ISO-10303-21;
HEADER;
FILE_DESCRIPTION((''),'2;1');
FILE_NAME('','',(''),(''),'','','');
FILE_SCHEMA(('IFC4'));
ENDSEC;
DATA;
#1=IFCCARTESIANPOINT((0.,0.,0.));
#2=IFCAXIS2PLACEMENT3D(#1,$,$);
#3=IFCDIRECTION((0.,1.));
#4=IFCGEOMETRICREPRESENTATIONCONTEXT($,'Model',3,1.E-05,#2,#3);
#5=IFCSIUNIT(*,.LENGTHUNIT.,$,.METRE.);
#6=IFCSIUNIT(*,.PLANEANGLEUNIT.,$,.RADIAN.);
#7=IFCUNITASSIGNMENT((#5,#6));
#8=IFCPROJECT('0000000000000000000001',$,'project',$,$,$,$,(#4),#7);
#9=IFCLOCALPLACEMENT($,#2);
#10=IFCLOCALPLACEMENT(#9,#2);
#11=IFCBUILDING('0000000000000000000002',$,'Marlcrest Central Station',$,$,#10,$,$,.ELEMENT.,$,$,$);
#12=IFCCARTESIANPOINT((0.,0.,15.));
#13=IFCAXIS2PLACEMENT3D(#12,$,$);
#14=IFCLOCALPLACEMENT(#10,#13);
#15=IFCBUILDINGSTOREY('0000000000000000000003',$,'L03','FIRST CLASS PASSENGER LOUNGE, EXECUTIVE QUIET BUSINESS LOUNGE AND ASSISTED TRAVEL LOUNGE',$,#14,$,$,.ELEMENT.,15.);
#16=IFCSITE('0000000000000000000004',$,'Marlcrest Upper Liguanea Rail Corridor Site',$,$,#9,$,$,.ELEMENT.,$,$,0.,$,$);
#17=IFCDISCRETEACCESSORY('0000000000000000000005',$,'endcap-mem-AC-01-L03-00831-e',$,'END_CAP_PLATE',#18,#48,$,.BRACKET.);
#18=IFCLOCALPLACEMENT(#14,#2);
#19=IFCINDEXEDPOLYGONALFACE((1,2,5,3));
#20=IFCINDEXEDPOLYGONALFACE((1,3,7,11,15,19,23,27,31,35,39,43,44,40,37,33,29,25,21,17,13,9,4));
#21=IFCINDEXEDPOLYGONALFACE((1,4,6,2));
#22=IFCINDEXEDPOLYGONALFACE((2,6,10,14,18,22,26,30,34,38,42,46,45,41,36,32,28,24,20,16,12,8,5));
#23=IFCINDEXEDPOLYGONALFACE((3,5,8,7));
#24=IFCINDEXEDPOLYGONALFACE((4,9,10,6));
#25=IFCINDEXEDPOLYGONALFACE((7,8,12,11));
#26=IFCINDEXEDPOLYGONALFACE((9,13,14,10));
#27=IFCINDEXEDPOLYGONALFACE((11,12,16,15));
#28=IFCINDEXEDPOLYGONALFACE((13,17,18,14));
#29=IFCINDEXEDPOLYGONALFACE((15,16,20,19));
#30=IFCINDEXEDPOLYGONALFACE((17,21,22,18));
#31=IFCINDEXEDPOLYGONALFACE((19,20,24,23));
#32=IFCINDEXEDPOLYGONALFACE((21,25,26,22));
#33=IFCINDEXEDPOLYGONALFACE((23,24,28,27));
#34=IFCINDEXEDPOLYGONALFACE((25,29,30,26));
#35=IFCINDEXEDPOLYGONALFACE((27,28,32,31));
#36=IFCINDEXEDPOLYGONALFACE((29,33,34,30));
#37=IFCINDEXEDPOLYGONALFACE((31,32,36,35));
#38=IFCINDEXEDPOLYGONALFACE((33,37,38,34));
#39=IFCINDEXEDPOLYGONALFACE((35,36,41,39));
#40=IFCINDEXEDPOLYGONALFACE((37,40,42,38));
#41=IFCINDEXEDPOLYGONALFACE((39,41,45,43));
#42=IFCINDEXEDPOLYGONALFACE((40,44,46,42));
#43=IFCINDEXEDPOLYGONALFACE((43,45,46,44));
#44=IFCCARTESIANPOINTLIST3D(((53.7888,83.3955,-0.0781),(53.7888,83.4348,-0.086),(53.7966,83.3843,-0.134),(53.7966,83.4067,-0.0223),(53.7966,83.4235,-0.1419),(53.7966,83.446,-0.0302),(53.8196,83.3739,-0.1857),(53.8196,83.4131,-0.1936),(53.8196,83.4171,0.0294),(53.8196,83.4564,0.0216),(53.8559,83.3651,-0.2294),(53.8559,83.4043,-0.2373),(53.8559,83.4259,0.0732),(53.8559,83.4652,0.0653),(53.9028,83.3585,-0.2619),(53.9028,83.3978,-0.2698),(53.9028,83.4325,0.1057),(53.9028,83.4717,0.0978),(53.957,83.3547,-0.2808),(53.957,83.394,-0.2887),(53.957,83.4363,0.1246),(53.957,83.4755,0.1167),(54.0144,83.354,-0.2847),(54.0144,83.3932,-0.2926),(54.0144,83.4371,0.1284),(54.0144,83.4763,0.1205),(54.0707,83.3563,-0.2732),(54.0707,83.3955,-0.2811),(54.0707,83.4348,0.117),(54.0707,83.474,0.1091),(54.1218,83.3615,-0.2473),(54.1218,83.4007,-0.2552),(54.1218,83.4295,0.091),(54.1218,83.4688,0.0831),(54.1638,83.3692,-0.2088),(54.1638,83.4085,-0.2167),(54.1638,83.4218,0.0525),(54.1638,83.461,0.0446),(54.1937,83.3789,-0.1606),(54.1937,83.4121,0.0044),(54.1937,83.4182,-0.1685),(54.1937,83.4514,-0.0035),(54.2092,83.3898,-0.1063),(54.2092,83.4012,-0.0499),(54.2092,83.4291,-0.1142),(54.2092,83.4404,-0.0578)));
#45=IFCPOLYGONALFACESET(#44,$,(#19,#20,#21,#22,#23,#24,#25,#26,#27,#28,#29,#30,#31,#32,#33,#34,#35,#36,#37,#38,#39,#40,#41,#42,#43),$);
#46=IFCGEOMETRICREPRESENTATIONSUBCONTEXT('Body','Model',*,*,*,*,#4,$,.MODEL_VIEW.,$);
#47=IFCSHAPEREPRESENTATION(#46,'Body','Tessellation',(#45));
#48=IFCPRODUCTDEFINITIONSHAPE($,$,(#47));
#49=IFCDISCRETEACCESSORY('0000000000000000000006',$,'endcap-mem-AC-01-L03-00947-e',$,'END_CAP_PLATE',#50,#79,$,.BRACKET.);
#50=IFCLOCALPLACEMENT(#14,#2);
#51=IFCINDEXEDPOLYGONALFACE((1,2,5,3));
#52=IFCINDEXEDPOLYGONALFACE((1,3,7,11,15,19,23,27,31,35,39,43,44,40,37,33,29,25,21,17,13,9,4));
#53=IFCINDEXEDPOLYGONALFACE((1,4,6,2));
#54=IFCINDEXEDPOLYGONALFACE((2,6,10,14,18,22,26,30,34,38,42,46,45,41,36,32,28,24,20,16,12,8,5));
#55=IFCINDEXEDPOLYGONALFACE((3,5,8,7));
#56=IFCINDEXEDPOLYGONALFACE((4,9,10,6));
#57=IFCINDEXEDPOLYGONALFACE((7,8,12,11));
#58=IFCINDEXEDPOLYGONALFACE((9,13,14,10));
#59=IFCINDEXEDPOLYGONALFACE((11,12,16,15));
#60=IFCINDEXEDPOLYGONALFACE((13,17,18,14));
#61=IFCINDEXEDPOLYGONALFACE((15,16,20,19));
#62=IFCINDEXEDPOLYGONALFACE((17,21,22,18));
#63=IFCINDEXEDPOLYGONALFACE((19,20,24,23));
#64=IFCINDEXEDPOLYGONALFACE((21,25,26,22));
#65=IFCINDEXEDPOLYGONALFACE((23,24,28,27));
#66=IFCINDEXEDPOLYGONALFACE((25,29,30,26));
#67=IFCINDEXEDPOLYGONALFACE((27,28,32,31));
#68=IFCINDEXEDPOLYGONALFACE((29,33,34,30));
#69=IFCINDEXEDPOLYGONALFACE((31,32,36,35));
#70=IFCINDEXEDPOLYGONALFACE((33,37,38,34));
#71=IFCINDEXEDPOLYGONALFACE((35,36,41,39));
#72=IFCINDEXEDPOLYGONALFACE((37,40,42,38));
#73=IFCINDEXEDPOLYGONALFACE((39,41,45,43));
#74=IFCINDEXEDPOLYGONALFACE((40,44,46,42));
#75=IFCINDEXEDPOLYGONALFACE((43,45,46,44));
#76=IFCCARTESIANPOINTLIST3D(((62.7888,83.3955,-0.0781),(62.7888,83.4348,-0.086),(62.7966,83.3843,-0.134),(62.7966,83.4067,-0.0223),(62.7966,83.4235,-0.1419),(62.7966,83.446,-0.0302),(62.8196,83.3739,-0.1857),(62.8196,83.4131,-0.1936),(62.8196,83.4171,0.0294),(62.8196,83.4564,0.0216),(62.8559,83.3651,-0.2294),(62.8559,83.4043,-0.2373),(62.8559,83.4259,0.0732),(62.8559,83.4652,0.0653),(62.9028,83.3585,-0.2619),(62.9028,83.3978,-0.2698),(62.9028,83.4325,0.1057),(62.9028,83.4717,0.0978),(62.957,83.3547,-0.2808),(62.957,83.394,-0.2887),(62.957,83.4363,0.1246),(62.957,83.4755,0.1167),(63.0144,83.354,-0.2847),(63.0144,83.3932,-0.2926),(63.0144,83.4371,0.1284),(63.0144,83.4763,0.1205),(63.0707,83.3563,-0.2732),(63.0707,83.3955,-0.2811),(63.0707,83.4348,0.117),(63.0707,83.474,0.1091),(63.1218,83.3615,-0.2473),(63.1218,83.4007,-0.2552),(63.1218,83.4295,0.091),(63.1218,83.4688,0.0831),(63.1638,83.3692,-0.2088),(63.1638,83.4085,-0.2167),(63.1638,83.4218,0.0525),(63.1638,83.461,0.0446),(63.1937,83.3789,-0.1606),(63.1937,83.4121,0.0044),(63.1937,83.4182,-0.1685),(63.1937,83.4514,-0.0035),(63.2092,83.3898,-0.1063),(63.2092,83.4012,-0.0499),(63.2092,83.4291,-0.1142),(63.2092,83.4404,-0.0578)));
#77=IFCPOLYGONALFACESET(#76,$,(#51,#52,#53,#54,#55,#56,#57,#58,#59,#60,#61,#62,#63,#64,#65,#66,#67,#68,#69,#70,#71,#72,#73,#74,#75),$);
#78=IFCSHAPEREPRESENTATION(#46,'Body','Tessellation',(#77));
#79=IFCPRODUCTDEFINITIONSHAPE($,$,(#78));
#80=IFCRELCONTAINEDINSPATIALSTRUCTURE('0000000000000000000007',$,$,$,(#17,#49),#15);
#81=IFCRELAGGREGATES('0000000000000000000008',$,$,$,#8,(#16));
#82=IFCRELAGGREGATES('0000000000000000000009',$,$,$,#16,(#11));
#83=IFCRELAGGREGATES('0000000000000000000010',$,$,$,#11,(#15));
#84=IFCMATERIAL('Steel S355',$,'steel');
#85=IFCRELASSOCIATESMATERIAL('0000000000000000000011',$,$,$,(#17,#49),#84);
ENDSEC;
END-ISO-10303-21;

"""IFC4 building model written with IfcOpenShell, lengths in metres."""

from ifc_helpers import new_model, si_unit, direction, frame, origin, origin_2d, place, context, subcontext, project, spatial, circle, extrude, material, element, save


model = new_model("IFC4")

# Units and contexts
model_context = context("Model", 3, precision=1e-05, world=origin(), true_north=direction((0.0, 1.0)))
body_context = subcontext(model_context, "Body", "Model", "MODEL_VIEW")
ifc_project = project(units=[si_unit("LENGTHUNIT", "METRE"), si_unit("PLANEANGLEUNIT", "RADIAN")], contexts=[model_context])

# Site, building, storey
site_placement = place(None, origin())
site = spatial("IfcSite", under=ifc_project, at=site_placement, Name="Marlcrest Upper Liguanea Rail Corridor Site", CompositionType="ELEMENT", RefElevation=0.0)
building_placement = place(site_placement, origin())
building = spatial("IfcBuilding", under=site, at=building_placement, Name="Marlcrest Central Station", CompositionType="ELEMENT")
storey_placement = place(building_placement, frame((0.0, 0.0, 15.0)))
storey = spatial("IfcBuildingStorey", under=building, at=storey_placement, Name="L03", Description="FIRST CLASS PASSENGER LOUNGE, EXECUTIVE QUIET BUSINESS LOUNGE AND ASSISTED TRAVEL LOUNGE", CompositionType="ELEMENT", Elevation=15.0)

# Shared definitions
ifc_material_1 = material(Name="Steel S355", Category="steel")

# Discrete accessories
for number, where, z_axis, x_axis, name in (
    (1, (54.0, 83.3955, -0.0781), (0.0, 0.980359, -0.197219), (-1.0, 0.0, 0.0), "endcap-mem-AC-01-L03-00831-e"),
    (2, (63.0, 83.3955, -0.0781), (0.0, 0.980359, -0.197219), (-1.0, 0.0, 0.0), "endcap-mem-AC-01-L03-00947-e"),
):
    element("IfcDiscreteAccessory", number, at=place(storey_placement, frame(where, z_axis=z_axis, x_axis=x_axis)), inside=storey, material=ifc_material_1, Name=name, ObjectType="END_CAP_PLATE", PredefinedType="BRACKET", context=body_context, shape_type="SweptSolid", body=[
        extrude(circle(Radius=0.2112, at=origin_2d()), origin(), (0.0, 0.0, 1.0), 0.04),
    ])

save(model, "model.ifc")
